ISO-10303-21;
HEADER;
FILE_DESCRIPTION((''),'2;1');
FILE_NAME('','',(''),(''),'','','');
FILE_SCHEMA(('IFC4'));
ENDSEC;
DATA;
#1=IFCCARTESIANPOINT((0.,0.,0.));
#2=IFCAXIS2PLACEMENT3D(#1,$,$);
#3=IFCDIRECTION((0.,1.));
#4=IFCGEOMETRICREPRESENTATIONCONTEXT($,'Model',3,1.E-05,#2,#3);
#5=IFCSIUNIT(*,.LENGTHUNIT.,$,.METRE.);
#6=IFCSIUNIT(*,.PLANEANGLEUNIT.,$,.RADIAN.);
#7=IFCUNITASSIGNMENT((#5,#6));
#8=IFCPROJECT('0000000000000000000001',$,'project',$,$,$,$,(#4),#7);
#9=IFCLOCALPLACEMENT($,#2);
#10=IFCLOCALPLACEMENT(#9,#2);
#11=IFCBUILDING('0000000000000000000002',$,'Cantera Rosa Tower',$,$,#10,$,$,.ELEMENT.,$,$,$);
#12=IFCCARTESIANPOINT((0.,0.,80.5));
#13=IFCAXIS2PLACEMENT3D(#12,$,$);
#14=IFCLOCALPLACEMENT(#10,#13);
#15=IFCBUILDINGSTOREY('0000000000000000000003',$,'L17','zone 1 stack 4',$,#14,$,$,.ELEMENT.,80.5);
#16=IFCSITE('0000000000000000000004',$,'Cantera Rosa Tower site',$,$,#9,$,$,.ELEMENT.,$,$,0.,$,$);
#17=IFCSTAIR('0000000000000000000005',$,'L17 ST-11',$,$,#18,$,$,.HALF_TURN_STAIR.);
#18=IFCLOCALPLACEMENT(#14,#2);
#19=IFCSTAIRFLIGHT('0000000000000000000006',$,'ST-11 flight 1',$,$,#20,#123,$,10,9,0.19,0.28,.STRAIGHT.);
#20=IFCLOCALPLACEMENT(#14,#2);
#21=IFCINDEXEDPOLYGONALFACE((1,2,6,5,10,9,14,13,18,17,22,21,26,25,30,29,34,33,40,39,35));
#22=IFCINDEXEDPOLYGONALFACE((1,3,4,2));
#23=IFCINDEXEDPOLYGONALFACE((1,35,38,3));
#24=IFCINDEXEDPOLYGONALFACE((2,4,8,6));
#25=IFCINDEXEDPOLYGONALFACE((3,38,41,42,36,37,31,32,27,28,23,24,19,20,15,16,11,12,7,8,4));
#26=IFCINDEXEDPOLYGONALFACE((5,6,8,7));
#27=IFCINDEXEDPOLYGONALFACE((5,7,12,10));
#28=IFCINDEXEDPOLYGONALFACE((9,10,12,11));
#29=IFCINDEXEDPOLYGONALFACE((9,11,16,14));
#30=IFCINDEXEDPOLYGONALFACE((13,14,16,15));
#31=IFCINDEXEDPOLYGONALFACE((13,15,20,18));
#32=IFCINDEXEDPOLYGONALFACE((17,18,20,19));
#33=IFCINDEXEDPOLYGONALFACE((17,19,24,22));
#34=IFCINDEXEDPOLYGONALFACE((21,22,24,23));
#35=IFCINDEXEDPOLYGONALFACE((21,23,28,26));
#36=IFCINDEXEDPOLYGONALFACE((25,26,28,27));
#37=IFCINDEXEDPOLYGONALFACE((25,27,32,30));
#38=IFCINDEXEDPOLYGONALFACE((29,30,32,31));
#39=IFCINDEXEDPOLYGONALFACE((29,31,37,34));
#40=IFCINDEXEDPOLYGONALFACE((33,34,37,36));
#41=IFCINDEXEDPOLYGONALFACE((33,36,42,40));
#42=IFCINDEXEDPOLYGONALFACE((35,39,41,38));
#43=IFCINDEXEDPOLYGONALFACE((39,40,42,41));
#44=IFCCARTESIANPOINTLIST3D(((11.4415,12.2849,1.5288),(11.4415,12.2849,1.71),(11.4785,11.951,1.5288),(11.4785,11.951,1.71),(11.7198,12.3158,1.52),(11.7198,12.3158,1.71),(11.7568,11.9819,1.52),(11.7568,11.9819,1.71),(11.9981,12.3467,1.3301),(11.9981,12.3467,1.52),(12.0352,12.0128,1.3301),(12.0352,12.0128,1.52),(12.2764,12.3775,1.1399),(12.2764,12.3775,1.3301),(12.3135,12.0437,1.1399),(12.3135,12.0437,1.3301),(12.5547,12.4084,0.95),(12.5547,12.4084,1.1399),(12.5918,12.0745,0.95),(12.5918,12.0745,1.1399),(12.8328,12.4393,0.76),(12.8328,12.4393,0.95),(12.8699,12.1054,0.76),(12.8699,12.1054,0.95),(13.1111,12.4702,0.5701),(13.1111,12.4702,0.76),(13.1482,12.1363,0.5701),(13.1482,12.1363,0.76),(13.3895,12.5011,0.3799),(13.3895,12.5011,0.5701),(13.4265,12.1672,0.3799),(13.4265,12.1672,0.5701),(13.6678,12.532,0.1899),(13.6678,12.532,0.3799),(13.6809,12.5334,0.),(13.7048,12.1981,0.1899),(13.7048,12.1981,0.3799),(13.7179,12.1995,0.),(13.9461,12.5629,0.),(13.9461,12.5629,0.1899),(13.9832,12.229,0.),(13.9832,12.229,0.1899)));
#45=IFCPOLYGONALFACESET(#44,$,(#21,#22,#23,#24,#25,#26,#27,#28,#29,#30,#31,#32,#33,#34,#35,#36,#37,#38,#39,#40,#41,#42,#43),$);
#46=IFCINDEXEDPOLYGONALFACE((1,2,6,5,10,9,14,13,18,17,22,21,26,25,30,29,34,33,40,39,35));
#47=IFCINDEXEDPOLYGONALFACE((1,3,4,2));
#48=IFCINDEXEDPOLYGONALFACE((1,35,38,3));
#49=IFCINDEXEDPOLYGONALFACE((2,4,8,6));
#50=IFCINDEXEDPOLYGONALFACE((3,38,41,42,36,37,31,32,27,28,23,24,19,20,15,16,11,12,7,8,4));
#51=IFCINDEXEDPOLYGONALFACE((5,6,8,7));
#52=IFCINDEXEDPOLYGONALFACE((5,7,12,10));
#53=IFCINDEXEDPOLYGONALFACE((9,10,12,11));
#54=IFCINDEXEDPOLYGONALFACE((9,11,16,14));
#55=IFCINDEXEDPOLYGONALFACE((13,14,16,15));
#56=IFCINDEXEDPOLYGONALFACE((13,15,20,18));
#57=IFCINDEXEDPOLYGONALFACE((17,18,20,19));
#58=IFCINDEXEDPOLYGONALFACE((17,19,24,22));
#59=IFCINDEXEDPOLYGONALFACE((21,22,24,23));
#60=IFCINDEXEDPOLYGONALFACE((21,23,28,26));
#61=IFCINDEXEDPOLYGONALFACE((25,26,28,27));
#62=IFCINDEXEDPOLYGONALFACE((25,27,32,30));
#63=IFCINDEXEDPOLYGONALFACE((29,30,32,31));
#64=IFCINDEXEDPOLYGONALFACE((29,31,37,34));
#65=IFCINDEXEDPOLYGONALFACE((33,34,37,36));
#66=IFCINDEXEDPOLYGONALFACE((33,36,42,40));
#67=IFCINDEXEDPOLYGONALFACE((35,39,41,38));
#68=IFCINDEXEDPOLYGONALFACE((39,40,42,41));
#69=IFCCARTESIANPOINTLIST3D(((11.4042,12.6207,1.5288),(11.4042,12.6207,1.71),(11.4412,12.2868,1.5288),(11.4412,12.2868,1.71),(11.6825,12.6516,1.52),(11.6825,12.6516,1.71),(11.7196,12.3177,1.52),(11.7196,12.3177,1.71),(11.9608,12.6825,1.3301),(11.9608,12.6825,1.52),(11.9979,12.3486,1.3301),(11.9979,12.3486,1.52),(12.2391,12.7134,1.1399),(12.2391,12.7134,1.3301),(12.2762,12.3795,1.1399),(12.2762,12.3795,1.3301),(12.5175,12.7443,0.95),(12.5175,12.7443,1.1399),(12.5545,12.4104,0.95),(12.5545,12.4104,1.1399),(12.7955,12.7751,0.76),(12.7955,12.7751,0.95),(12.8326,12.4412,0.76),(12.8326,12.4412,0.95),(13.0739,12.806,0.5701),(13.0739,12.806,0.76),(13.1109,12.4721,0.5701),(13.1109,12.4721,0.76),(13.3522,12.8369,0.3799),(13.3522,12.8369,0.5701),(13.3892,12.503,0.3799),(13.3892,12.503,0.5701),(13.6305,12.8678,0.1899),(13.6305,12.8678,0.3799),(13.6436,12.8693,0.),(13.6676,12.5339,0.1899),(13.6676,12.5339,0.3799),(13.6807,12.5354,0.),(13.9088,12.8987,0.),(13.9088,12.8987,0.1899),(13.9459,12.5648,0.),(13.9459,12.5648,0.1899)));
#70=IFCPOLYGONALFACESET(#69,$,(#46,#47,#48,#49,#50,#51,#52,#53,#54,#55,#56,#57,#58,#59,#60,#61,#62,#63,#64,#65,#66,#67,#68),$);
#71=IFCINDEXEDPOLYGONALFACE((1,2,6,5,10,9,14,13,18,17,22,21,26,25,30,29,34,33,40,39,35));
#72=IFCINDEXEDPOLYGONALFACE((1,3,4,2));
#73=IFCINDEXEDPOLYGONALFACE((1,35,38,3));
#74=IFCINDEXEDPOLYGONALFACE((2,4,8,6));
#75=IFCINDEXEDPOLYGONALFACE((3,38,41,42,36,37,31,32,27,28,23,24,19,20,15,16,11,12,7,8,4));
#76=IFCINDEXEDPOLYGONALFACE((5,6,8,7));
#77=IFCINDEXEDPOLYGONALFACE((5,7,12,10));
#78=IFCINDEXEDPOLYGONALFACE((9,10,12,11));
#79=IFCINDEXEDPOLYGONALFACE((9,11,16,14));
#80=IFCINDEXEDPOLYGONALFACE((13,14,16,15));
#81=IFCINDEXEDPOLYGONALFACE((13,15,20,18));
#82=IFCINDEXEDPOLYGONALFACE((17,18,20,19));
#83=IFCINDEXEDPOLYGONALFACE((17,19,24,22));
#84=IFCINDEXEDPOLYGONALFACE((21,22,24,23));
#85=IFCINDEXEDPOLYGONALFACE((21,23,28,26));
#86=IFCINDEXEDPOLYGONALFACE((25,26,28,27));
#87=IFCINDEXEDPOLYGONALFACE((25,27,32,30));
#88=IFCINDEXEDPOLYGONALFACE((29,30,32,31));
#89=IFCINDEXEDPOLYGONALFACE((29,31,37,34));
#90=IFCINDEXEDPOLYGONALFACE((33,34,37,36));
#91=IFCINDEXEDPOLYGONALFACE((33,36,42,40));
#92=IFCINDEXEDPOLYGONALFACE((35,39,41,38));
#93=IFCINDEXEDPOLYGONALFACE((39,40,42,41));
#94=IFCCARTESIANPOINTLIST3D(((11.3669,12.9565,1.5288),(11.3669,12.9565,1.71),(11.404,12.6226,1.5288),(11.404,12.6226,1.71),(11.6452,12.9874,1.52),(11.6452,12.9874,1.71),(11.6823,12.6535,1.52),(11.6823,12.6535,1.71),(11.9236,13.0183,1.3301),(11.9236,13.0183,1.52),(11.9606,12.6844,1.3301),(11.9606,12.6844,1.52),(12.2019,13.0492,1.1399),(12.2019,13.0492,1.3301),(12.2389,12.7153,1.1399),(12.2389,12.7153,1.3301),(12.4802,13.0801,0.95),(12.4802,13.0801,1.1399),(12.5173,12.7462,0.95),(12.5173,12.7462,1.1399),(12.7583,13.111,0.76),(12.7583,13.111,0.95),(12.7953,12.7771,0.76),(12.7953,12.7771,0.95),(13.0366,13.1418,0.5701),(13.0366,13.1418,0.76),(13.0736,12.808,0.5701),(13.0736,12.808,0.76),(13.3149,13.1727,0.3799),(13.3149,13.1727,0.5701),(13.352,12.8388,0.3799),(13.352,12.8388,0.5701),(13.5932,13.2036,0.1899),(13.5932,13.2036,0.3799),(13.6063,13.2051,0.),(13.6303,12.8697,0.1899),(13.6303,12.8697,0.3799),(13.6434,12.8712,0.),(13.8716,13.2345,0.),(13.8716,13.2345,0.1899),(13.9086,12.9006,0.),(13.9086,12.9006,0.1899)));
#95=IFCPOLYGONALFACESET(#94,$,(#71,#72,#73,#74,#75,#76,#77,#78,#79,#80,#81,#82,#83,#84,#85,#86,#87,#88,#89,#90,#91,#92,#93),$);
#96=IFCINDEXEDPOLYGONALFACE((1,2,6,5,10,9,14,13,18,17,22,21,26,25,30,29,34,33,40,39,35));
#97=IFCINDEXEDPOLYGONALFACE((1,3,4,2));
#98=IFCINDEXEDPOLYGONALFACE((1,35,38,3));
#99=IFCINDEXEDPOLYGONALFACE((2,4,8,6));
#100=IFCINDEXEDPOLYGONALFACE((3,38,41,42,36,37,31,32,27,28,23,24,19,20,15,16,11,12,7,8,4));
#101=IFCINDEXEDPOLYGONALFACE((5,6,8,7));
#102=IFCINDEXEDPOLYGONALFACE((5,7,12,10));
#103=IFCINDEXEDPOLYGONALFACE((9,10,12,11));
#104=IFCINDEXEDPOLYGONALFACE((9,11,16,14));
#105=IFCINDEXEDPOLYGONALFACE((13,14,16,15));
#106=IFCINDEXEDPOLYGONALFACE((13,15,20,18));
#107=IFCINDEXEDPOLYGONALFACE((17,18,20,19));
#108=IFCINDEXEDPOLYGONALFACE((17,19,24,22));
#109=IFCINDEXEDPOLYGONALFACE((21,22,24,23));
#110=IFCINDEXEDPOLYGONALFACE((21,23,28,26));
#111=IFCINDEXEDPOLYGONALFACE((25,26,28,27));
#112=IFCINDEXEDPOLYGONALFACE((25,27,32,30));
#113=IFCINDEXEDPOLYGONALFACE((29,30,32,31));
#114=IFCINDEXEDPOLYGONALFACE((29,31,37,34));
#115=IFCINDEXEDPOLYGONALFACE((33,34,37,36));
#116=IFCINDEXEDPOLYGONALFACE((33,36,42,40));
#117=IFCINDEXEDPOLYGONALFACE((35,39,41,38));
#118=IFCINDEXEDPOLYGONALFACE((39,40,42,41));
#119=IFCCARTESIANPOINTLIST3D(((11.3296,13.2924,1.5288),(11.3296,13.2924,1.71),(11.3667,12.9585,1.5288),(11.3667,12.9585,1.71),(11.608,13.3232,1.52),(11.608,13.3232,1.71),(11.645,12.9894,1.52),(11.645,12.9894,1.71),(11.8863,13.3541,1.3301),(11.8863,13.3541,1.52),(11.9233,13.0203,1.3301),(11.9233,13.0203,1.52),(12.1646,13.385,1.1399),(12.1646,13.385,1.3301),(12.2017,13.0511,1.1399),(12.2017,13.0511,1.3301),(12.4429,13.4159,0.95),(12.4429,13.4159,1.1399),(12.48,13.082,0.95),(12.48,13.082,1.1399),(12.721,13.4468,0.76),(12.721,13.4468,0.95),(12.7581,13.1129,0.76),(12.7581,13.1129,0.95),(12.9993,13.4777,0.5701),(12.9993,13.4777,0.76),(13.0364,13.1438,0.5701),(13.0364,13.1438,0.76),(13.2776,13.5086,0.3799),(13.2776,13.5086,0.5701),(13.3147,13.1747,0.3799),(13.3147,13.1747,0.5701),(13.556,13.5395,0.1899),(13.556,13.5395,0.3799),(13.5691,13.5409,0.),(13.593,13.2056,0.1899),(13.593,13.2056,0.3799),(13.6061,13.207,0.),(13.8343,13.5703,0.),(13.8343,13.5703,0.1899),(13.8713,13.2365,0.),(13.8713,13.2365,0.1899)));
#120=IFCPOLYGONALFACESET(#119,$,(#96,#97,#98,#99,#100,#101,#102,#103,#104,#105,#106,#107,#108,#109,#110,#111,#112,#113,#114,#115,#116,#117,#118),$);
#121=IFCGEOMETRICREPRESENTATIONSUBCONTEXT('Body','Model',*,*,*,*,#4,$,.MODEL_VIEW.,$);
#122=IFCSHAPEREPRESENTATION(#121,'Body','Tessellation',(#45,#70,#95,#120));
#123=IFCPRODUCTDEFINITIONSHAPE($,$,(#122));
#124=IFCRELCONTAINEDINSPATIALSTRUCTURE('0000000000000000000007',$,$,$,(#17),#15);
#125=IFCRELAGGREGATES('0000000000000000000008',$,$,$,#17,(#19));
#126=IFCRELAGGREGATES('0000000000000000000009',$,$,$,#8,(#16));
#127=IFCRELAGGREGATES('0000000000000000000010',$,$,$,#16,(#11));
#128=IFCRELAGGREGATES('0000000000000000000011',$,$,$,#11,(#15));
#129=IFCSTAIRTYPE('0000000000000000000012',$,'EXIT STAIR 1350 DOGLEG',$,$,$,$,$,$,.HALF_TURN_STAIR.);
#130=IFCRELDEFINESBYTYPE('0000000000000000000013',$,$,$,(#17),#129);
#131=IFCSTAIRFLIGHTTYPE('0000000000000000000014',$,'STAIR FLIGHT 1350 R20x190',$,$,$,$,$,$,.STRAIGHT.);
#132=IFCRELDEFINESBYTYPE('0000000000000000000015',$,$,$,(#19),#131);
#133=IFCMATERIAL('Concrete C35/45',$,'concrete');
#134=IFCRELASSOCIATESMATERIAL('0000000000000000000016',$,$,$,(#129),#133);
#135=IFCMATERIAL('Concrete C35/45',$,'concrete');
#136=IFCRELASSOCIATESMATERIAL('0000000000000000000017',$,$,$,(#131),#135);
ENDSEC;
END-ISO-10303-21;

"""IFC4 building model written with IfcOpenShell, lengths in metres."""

from ifc_helpers import new_model, si_unit, direction, frame, origin, place, context, subcontext, project, spatial, polyline, outline, extrude, material, type_object, element, aggregate, save


model = new_model("IFC4")

# Units and contexts
model_context = context("Model", 3, precision=1e-05, world=origin(), true_north=direction((0.0, 1.0)))
body_context = subcontext(model_context, "Body", "Model", "MODEL_VIEW")
ifc_project = project(units=[si_unit("LENGTHUNIT", "METRE"), si_unit("PLANEANGLEUNIT", "RADIAN")], contexts=[model_context])

# Site, building, storey
site_placement = place(None, origin())
site = spatial("IfcSite", under=ifc_project, at=site_placement, Name="Cantera Rosa Tower site", CompositionType="ELEMENT", RefElevation=0.0)
building_placement = place(site_placement, origin())
building = spatial("IfcBuilding", under=site, at=building_placement, Name="Cantera Rosa Tower", CompositionType="ELEMENT")
storey_placement = place(building_placement, frame((0.0, 0.0, 80.5)))
storey = spatial("IfcBuildingStorey", under=building, at=storey_placement, Name="L17", Description="zone 1 stack 4", CompositionType="ELEMENT", Elevation=80.5)

# Stair, stair flight
ifc_material_1 = material(Name="Concrete C35/45", Category="concrete")
stair_type = type_object("IfcStairType", Name="EXIT STAIR 1350 DOGLEG", PredefinedType="HALF_TURN_STAIR", material=ifc_material_1)
stair_placement = place(storey_placement, origin())
stair = element("IfcStair", 1, at=stair_placement, inside=storey, type_object=stair_type, Name="L17 ST-11", PredefinedType="HALF_TURN_STAIR")
ifc_material_2 = material(Name="Concrete C35/45", Category="concrete")
stair_flight_type = type_object("IfcStairFlightType", Name="STAIR FLIGHT 1350 R20x190", PredefinedType="STRAIGHT", material=ifc_material_2)
stair_flight_placement = place(storey_placement, frame((13.9087, 12.8999, 0.0), z_axis=(0.0, 0.0, 1.0), x_axis=(-0.993897, -0.110313, 0.0)))
stair_flight = element("IfcStairFlight", 2, at=stair_flight_placement, type_object=stair_flight_type, Name="ST-11 flight 1", NumberOfRisers=10, NumberOfTreads=9, PredefinedType="STRAIGHT", RiserHeight=0.19, TreadLength=0.28, context=body_context, shape_type="SweptSolid", body=[
    extrude(outline(polyline([(0.0, 0.0), (0.0, 0.1899), (0.28, 0.1899), (0.28, 0.3799), (0.5601, 0.3799), (0.5601, 0.5701), (0.8401, 0.5701), (0.8401, 0.76), (1.1201, 0.76), (1.1201, 0.95), (1.3999, 0.95), (1.3999, 1.1399), (1.6799, 1.1399), (1.6799, 1.3301), (1.96, 1.3301), (1.96, 1.52), (2.24, 1.52), (2.24, 1.71), (2.52, 1.71), (2.52, 1.8999), (2.52, 1.5288), (0.2668, 0.0), (0.0, 0.0)])), frame((0.0, 0.675, 0.0), z_axis=(0.0, -1.0, 0.0), x_axis=(1.0, 0.0, 0.0)), (0.0, 0.0, 1.0), 0.3359),
    extrude(outline(polyline([(0.0, 0.0), (0.0, 0.1899), (0.28, 0.1899), (0.28, 0.3799), (0.5601, 0.3799), (0.5601, 0.5701), (0.8401, 0.5701), (0.8401, 0.76), (1.1201, 0.76), (1.1201, 0.95), (1.3999, 0.95), (1.3999, 1.1399), (1.6799, 1.1399), (1.6799, 1.3301), (1.96, 1.3301), (1.96, 1.52), (2.24, 1.52), (2.24, 1.71), (2.52, 1.71), (2.52, 1.8999), (2.52, 1.5288), (0.2668, 0.0), (0.0, 0.0)])), frame((0.0, 0.3372, 0.0), z_axis=(0.0, -1.0, 0.0), x_axis=(1.0, 0.0, 0.0)), (0.0, 0.0, 1.0), 0.3359),
    extrude(outline(polyline([(0.0, 0.0), (0.0, 0.1899), (0.28, 0.1899), (0.28, 0.3799), (0.5601, 0.3799), (0.5601, 0.5701), (0.8401, 0.5701), (0.8401, 0.76), (1.1201, 0.76), (1.1201, 0.95), (1.3999, 0.95), (1.3999, 1.1399), (1.6799, 1.1399), (1.6799, 1.3301), (1.96, 1.3301), (1.96, 1.52), (2.24, 1.52), (2.24, 1.71), (2.52, 1.71), (2.52, 1.8999), (2.52, 1.5288), (0.2668, 0.0), (0.0, 0.0)])), frame((0.0, -0.0007, 0.0), z_axis=(0.0, -1.0, 0.0), x_axis=(1.0, 0.0, 0.0)), (0.0, 0.0, 1.0), 0.3359),
    extrude(outline(polyline([(0.0, 0.0), (0.0, 0.1899), (0.28, 0.1899), (0.28, 0.3799), (0.5601, 0.3799), (0.5601, 0.5701), (0.8401, 0.5701), (0.8401, 0.76), (1.1201, 0.76), (1.1201, 0.95), (1.3999, 0.95), (1.3999, 1.1399), (1.6799, 1.1399), (1.6799, 1.3301), (1.96, 1.3301), (1.96, 1.52), (2.24, 1.52), (2.24, 1.71), (2.52, 1.71), (2.52, 1.8999), (2.52, 1.5288), (0.2668, 0.0), (0.0, 0.0)])), frame((0.0, -0.3386, 0.0), z_axis=(0.0, -1.0, 0.0), x_axis=(1.0, 0.0, 0.0)), (0.0, 0.0, 1.0), 0.3359),
])
aggregate(stair, [stair_flight])

save(model, "model.ifc")
